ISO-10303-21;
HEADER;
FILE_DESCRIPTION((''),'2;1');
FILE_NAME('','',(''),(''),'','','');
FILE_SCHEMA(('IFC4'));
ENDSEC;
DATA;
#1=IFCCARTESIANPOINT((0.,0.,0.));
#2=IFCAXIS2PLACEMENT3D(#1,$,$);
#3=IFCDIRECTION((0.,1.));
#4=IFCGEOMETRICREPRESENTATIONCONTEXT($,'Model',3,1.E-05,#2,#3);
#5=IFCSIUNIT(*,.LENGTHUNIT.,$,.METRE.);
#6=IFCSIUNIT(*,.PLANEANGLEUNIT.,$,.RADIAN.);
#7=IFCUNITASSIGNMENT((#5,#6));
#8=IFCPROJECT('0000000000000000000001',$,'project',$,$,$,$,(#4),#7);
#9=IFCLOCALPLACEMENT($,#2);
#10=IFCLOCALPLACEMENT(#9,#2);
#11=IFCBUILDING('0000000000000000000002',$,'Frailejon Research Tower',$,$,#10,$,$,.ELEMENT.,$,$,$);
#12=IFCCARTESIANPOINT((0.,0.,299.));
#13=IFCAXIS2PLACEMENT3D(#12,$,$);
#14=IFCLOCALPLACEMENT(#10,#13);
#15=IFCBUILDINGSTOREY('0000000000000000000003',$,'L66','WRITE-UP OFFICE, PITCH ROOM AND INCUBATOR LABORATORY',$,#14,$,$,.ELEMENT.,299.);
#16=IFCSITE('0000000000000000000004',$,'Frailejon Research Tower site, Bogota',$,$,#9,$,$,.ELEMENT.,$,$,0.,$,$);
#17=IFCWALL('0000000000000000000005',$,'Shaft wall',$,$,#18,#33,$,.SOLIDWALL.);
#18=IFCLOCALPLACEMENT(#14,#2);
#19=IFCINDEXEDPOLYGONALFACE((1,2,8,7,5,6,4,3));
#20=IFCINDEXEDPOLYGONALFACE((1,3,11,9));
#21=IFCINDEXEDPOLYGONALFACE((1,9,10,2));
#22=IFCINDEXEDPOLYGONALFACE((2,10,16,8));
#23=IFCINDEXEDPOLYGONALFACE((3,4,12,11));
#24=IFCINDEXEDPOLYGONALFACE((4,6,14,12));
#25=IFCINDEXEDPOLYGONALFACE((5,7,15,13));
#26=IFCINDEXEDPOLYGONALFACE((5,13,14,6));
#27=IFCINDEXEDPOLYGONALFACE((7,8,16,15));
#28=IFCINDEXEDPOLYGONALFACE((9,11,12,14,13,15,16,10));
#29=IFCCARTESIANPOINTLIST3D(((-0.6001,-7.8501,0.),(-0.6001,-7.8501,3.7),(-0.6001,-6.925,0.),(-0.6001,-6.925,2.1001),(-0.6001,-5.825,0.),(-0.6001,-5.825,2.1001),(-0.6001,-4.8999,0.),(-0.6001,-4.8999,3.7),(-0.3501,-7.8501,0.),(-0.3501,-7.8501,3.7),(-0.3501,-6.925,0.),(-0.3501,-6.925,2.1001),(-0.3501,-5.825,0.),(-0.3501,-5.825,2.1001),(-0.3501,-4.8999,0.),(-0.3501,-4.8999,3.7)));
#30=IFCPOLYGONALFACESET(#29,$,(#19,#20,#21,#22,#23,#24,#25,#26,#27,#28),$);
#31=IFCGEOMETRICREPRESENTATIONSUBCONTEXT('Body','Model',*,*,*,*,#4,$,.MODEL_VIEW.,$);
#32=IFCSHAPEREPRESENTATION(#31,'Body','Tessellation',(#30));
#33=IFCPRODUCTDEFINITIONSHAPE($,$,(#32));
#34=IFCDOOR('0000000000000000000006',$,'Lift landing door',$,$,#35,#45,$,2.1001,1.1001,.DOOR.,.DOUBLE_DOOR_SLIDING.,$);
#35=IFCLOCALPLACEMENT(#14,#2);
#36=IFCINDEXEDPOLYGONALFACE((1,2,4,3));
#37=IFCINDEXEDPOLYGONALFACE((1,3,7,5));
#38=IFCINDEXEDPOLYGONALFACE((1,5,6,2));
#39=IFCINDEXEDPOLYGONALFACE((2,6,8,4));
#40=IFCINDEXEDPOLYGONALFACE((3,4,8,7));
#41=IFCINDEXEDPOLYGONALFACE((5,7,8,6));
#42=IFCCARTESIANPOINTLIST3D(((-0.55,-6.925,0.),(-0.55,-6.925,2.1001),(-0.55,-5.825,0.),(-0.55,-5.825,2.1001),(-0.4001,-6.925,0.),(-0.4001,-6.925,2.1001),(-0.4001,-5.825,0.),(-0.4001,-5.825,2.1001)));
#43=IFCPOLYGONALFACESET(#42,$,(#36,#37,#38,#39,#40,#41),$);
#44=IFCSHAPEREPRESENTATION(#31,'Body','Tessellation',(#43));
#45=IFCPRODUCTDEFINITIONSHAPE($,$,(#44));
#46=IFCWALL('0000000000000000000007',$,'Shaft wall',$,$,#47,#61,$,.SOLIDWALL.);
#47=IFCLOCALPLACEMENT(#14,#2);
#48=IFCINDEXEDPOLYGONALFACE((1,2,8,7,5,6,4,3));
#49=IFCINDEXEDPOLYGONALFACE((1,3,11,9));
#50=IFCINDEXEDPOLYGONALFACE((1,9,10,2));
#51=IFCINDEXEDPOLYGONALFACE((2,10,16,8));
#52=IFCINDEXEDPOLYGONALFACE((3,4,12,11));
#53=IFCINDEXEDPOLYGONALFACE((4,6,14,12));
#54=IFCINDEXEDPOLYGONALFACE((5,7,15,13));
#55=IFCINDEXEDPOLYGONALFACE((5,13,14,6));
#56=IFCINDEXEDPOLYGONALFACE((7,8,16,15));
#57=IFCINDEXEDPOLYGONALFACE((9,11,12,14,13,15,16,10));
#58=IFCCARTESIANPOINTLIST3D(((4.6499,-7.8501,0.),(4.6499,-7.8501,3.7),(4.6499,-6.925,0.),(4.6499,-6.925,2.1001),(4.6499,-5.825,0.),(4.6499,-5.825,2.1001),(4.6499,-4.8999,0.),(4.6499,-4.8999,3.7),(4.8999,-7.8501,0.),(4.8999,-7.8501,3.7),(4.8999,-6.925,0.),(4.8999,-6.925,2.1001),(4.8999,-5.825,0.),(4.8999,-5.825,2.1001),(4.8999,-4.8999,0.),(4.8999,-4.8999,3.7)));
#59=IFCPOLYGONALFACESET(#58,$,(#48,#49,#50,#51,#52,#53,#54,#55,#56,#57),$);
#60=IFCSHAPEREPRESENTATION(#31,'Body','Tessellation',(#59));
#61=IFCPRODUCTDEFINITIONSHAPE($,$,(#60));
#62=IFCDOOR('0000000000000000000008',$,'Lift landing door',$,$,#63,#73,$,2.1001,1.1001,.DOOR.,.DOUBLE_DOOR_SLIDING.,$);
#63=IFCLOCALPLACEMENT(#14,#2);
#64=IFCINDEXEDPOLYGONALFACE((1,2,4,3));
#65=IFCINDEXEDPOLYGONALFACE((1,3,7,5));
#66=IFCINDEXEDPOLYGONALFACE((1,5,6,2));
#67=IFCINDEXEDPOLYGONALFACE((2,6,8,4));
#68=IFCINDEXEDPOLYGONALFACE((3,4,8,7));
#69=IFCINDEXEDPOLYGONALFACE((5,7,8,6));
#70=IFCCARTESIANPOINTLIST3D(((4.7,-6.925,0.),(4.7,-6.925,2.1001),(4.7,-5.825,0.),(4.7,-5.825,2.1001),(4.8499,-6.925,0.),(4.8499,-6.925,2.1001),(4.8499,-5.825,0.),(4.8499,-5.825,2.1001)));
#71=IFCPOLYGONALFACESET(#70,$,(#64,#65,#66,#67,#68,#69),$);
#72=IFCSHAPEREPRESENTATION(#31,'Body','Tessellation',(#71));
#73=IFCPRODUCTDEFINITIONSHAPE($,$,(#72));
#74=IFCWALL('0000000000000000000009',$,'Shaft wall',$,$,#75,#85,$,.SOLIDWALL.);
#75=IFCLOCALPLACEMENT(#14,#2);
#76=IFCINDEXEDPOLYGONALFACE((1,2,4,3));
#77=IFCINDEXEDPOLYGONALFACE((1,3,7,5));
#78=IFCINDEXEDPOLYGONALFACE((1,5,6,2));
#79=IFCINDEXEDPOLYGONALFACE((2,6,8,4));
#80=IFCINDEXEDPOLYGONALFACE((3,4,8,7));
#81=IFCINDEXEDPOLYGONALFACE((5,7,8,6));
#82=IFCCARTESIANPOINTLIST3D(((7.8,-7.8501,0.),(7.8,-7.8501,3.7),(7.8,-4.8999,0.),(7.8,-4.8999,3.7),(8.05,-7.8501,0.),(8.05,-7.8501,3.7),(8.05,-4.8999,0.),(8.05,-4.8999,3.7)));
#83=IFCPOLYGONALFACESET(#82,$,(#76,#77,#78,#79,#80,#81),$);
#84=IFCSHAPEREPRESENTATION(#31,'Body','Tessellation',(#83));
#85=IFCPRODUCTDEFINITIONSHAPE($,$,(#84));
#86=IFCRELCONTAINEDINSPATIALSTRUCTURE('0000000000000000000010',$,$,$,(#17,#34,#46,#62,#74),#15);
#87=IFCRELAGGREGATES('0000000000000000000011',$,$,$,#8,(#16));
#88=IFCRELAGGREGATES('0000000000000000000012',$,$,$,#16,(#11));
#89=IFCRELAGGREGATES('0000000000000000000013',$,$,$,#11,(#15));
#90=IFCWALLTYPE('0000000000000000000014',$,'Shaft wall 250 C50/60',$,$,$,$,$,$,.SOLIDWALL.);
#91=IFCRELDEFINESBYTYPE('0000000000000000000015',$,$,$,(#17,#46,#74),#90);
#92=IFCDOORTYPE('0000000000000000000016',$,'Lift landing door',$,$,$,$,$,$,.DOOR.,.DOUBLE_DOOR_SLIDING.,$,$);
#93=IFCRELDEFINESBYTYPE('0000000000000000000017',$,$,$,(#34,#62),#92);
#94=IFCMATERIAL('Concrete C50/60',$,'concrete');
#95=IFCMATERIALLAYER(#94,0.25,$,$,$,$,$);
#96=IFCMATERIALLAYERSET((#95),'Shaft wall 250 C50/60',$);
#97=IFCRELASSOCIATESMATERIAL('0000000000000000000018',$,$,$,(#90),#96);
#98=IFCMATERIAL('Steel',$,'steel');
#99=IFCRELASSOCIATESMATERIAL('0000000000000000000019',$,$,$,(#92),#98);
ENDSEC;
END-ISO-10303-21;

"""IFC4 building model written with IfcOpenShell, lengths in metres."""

from ifc_helpers import new_model, si_unit, direction, frame, frame_2d, origin, place, context, subcontext, project, spatial, rectangle, extrude, material, layer, layer_set, type_object, element, fill, save


model = new_model("IFC4")

# Units and contexts
model_context = context("Model", 3, precision=1e-05, world=origin(), true_north=direction((0.0, 1.0)))
body_context = subcontext(model_context, "Body", "Model", "MODEL_VIEW")
ifc_project = project(units=[si_unit("LENGTHUNIT", "METRE"), si_unit("PLANEANGLEUNIT", "RADIAN")], contexts=[model_context])

# Site, building, storey
site_placement = place(None, origin())
site = spatial("IfcSite", under=ifc_project, at=site_placement, Name="Frailejon Research Tower site, Bogota", CompositionType="ELEMENT", RefElevation=0.0)
building_placement = place(site_placement, origin())
building = spatial("IfcBuilding", under=site, at=building_placement, Name="Frailejon Research Tower", CompositionType="ELEMENT")
storey_placement = place(building_placement, frame((0.0, 0.0, 299.0)))
storey = spatial("IfcBuildingStorey", under=building, at=storey_placement, Name="L66", Description="WRITE-UP OFFICE, PITCH ROOM AND INCUBATOR LABORATORY", CompositionType="ELEMENT", Elevation=299.0)

# Walls, openings, doors
ifc_material_1 = material(Name="Concrete C50/60", Category="concrete")
ifc_layer_1 = layer(ifc_material_1, 0.25)
ifc_layer_set_1 = layer_set([ifc_layer_1], Name="Shaft wall 250 C50/60")
wall_type_1 = type_object("IfcWallType", Name="Shaft wall 250 C50/60", PredefinedType="SOLIDWALL", material=ifc_layer_set_1)
wall_1_placement = place(storey_placement, frame((-0.4751, -7.8501, 0.0), z_axis=(0.0, 0.0, 1.0), x_axis=(0.0, 1.0, 0.0)))
wall_1 = element("IfcWall", 1, at=wall_1_placement, inside=storey, type_object=wall_type_1, Name="Shaft wall", PredefinedType="SOLIDWALL", context=body_context, shape_type="SweptSolid", body=[
    extrude(rectangle(XDim=2.9502, YDim=0.25, at=frame_2d((1.4751, 0.0))), origin(), (0.0, 0.0, 1.0), 3.7),
])
opening_1_placement = place(wall_1_placement, frame((0.925, 0.0, 0.0)))
opening_1 = element("IfcOpeningElement", 2, at=opening_1_placement, cuts=wall_1, PredefinedType="OPENING", context=body_context, shape_type="SweptSolid", body=[
    extrude(rectangle(XDim=1.1001, YDim=2.1001, at=frame_2d((0.55, 1.05))), frame((0.0, 0.135, 0.0), z_axis=(0.0, -1.0, 0.0), x_axis=(1.0, 0.0, 0.0)), (0.0, 0.0, 1.0), 0.27),
])
ifc_material_2 = material(Name="Steel", Category="steel")
door_type_1 = type_object("IfcDoorType", Name="Lift landing door", OperationType="DOUBLE_DOOR_SLIDING", PredefinedType="DOOR", material=ifc_material_2)
door_1_placement = place(opening_1_placement, origin())
door_1 = element("IfcDoor", 3, at=door_1_placement, inside=storey, type_object=door_type_1, Name="Lift landing door", OperationType="DOUBLE_DOOR_SLIDING", OverallHeight=2.1001, OverallWidth=1.1001, PredefinedType="DOOR", context=body_context, shape_type="SweptSolid", body=[
    extrude(rectangle(XDim=1.1001, YDim=2.1001, at=frame_2d((0.55, 1.05))), frame((0.0, 0.075, 0.0), z_axis=(0.0, -1.0, 0.0), x_axis=(1.0, 0.0, 0.0)), (0.0, 0.0, 1.0), 0.1499),
])
fill(opening_1, door_1)
wall_2_placement = place(storey_placement, frame((4.7749, -7.8501, 0.0), z_axis=(0.0, 0.0, 1.0), x_axis=(0.0, 1.0, 0.0)))
wall_2 = element("IfcWall", 4, at=wall_2_placement, inside=storey, type_object=wall_type_1, Name="Shaft wall", PredefinedType="SOLIDWALL", context=body_context, shape_type="SweptSolid", body=[
    extrude(rectangle(XDim=2.9502, YDim=0.25, at=frame_2d((1.4751, 0.0))), origin(), (0.0, 0.0, 1.0), 3.7),
])
opening_2_placement = place(wall_2_placement, frame((0.925, 0.0, 0.0)))
opening_2 = element("IfcOpeningElement", 5, at=opening_2_placement, cuts=wall_2, PredefinedType="OPENING", context=body_context, shape_type="SweptSolid", body=[
    extrude(rectangle(XDim=1.1001, YDim=2.1001, at=frame_2d((0.55, 1.05))), frame((0.0, 0.135, 0.0), z_axis=(0.0, -1.0, 0.0), x_axis=(1.0, 0.0, 0.0)), (0.0, 0.0, 1.0), 0.27),
])
door_2_placement = place(opening_2_placement, origin())
door_2 = element("IfcDoor", 6, at=door_2_placement, inside=storey, type_object=door_type_1, Name="Lift landing door", OperationType="DOUBLE_DOOR_SLIDING", OverallHeight=2.1001, OverallWidth=1.1001, PredefinedType="DOOR", context=body_context, shape_type="SweptSolid", body=[
    extrude(rectangle(XDim=1.1001, YDim=2.1001, at=frame_2d((0.55, 1.05))), frame((0.0, 0.075, 0.0), z_axis=(0.0, -1.0, 0.0), x_axis=(1.0, 0.0, 0.0)), (0.0, 0.0, 1.0), 0.1499),
])
fill(opening_2, door_2)

# Wall
wall_3_placement = place(storey_placement, frame((7.925, -7.8501, 0.0), z_axis=(0.0, 0.0, 1.0), x_axis=(0.0, 1.0, 0.0)))
element("IfcWall", 7, at=wall_3_placement, inside=storey, type_object=wall_type_1, Name="Shaft wall", PredefinedType="SOLIDWALL", context=body_context, shape_type="SweptSolid", body=[
    extrude(rectangle(XDim=2.9502, YDim=0.25, at=frame_2d((1.4751, 0.0))), origin(), (0.0, 0.0, 1.0), 3.7),
])

save(model, "model.ifc")
